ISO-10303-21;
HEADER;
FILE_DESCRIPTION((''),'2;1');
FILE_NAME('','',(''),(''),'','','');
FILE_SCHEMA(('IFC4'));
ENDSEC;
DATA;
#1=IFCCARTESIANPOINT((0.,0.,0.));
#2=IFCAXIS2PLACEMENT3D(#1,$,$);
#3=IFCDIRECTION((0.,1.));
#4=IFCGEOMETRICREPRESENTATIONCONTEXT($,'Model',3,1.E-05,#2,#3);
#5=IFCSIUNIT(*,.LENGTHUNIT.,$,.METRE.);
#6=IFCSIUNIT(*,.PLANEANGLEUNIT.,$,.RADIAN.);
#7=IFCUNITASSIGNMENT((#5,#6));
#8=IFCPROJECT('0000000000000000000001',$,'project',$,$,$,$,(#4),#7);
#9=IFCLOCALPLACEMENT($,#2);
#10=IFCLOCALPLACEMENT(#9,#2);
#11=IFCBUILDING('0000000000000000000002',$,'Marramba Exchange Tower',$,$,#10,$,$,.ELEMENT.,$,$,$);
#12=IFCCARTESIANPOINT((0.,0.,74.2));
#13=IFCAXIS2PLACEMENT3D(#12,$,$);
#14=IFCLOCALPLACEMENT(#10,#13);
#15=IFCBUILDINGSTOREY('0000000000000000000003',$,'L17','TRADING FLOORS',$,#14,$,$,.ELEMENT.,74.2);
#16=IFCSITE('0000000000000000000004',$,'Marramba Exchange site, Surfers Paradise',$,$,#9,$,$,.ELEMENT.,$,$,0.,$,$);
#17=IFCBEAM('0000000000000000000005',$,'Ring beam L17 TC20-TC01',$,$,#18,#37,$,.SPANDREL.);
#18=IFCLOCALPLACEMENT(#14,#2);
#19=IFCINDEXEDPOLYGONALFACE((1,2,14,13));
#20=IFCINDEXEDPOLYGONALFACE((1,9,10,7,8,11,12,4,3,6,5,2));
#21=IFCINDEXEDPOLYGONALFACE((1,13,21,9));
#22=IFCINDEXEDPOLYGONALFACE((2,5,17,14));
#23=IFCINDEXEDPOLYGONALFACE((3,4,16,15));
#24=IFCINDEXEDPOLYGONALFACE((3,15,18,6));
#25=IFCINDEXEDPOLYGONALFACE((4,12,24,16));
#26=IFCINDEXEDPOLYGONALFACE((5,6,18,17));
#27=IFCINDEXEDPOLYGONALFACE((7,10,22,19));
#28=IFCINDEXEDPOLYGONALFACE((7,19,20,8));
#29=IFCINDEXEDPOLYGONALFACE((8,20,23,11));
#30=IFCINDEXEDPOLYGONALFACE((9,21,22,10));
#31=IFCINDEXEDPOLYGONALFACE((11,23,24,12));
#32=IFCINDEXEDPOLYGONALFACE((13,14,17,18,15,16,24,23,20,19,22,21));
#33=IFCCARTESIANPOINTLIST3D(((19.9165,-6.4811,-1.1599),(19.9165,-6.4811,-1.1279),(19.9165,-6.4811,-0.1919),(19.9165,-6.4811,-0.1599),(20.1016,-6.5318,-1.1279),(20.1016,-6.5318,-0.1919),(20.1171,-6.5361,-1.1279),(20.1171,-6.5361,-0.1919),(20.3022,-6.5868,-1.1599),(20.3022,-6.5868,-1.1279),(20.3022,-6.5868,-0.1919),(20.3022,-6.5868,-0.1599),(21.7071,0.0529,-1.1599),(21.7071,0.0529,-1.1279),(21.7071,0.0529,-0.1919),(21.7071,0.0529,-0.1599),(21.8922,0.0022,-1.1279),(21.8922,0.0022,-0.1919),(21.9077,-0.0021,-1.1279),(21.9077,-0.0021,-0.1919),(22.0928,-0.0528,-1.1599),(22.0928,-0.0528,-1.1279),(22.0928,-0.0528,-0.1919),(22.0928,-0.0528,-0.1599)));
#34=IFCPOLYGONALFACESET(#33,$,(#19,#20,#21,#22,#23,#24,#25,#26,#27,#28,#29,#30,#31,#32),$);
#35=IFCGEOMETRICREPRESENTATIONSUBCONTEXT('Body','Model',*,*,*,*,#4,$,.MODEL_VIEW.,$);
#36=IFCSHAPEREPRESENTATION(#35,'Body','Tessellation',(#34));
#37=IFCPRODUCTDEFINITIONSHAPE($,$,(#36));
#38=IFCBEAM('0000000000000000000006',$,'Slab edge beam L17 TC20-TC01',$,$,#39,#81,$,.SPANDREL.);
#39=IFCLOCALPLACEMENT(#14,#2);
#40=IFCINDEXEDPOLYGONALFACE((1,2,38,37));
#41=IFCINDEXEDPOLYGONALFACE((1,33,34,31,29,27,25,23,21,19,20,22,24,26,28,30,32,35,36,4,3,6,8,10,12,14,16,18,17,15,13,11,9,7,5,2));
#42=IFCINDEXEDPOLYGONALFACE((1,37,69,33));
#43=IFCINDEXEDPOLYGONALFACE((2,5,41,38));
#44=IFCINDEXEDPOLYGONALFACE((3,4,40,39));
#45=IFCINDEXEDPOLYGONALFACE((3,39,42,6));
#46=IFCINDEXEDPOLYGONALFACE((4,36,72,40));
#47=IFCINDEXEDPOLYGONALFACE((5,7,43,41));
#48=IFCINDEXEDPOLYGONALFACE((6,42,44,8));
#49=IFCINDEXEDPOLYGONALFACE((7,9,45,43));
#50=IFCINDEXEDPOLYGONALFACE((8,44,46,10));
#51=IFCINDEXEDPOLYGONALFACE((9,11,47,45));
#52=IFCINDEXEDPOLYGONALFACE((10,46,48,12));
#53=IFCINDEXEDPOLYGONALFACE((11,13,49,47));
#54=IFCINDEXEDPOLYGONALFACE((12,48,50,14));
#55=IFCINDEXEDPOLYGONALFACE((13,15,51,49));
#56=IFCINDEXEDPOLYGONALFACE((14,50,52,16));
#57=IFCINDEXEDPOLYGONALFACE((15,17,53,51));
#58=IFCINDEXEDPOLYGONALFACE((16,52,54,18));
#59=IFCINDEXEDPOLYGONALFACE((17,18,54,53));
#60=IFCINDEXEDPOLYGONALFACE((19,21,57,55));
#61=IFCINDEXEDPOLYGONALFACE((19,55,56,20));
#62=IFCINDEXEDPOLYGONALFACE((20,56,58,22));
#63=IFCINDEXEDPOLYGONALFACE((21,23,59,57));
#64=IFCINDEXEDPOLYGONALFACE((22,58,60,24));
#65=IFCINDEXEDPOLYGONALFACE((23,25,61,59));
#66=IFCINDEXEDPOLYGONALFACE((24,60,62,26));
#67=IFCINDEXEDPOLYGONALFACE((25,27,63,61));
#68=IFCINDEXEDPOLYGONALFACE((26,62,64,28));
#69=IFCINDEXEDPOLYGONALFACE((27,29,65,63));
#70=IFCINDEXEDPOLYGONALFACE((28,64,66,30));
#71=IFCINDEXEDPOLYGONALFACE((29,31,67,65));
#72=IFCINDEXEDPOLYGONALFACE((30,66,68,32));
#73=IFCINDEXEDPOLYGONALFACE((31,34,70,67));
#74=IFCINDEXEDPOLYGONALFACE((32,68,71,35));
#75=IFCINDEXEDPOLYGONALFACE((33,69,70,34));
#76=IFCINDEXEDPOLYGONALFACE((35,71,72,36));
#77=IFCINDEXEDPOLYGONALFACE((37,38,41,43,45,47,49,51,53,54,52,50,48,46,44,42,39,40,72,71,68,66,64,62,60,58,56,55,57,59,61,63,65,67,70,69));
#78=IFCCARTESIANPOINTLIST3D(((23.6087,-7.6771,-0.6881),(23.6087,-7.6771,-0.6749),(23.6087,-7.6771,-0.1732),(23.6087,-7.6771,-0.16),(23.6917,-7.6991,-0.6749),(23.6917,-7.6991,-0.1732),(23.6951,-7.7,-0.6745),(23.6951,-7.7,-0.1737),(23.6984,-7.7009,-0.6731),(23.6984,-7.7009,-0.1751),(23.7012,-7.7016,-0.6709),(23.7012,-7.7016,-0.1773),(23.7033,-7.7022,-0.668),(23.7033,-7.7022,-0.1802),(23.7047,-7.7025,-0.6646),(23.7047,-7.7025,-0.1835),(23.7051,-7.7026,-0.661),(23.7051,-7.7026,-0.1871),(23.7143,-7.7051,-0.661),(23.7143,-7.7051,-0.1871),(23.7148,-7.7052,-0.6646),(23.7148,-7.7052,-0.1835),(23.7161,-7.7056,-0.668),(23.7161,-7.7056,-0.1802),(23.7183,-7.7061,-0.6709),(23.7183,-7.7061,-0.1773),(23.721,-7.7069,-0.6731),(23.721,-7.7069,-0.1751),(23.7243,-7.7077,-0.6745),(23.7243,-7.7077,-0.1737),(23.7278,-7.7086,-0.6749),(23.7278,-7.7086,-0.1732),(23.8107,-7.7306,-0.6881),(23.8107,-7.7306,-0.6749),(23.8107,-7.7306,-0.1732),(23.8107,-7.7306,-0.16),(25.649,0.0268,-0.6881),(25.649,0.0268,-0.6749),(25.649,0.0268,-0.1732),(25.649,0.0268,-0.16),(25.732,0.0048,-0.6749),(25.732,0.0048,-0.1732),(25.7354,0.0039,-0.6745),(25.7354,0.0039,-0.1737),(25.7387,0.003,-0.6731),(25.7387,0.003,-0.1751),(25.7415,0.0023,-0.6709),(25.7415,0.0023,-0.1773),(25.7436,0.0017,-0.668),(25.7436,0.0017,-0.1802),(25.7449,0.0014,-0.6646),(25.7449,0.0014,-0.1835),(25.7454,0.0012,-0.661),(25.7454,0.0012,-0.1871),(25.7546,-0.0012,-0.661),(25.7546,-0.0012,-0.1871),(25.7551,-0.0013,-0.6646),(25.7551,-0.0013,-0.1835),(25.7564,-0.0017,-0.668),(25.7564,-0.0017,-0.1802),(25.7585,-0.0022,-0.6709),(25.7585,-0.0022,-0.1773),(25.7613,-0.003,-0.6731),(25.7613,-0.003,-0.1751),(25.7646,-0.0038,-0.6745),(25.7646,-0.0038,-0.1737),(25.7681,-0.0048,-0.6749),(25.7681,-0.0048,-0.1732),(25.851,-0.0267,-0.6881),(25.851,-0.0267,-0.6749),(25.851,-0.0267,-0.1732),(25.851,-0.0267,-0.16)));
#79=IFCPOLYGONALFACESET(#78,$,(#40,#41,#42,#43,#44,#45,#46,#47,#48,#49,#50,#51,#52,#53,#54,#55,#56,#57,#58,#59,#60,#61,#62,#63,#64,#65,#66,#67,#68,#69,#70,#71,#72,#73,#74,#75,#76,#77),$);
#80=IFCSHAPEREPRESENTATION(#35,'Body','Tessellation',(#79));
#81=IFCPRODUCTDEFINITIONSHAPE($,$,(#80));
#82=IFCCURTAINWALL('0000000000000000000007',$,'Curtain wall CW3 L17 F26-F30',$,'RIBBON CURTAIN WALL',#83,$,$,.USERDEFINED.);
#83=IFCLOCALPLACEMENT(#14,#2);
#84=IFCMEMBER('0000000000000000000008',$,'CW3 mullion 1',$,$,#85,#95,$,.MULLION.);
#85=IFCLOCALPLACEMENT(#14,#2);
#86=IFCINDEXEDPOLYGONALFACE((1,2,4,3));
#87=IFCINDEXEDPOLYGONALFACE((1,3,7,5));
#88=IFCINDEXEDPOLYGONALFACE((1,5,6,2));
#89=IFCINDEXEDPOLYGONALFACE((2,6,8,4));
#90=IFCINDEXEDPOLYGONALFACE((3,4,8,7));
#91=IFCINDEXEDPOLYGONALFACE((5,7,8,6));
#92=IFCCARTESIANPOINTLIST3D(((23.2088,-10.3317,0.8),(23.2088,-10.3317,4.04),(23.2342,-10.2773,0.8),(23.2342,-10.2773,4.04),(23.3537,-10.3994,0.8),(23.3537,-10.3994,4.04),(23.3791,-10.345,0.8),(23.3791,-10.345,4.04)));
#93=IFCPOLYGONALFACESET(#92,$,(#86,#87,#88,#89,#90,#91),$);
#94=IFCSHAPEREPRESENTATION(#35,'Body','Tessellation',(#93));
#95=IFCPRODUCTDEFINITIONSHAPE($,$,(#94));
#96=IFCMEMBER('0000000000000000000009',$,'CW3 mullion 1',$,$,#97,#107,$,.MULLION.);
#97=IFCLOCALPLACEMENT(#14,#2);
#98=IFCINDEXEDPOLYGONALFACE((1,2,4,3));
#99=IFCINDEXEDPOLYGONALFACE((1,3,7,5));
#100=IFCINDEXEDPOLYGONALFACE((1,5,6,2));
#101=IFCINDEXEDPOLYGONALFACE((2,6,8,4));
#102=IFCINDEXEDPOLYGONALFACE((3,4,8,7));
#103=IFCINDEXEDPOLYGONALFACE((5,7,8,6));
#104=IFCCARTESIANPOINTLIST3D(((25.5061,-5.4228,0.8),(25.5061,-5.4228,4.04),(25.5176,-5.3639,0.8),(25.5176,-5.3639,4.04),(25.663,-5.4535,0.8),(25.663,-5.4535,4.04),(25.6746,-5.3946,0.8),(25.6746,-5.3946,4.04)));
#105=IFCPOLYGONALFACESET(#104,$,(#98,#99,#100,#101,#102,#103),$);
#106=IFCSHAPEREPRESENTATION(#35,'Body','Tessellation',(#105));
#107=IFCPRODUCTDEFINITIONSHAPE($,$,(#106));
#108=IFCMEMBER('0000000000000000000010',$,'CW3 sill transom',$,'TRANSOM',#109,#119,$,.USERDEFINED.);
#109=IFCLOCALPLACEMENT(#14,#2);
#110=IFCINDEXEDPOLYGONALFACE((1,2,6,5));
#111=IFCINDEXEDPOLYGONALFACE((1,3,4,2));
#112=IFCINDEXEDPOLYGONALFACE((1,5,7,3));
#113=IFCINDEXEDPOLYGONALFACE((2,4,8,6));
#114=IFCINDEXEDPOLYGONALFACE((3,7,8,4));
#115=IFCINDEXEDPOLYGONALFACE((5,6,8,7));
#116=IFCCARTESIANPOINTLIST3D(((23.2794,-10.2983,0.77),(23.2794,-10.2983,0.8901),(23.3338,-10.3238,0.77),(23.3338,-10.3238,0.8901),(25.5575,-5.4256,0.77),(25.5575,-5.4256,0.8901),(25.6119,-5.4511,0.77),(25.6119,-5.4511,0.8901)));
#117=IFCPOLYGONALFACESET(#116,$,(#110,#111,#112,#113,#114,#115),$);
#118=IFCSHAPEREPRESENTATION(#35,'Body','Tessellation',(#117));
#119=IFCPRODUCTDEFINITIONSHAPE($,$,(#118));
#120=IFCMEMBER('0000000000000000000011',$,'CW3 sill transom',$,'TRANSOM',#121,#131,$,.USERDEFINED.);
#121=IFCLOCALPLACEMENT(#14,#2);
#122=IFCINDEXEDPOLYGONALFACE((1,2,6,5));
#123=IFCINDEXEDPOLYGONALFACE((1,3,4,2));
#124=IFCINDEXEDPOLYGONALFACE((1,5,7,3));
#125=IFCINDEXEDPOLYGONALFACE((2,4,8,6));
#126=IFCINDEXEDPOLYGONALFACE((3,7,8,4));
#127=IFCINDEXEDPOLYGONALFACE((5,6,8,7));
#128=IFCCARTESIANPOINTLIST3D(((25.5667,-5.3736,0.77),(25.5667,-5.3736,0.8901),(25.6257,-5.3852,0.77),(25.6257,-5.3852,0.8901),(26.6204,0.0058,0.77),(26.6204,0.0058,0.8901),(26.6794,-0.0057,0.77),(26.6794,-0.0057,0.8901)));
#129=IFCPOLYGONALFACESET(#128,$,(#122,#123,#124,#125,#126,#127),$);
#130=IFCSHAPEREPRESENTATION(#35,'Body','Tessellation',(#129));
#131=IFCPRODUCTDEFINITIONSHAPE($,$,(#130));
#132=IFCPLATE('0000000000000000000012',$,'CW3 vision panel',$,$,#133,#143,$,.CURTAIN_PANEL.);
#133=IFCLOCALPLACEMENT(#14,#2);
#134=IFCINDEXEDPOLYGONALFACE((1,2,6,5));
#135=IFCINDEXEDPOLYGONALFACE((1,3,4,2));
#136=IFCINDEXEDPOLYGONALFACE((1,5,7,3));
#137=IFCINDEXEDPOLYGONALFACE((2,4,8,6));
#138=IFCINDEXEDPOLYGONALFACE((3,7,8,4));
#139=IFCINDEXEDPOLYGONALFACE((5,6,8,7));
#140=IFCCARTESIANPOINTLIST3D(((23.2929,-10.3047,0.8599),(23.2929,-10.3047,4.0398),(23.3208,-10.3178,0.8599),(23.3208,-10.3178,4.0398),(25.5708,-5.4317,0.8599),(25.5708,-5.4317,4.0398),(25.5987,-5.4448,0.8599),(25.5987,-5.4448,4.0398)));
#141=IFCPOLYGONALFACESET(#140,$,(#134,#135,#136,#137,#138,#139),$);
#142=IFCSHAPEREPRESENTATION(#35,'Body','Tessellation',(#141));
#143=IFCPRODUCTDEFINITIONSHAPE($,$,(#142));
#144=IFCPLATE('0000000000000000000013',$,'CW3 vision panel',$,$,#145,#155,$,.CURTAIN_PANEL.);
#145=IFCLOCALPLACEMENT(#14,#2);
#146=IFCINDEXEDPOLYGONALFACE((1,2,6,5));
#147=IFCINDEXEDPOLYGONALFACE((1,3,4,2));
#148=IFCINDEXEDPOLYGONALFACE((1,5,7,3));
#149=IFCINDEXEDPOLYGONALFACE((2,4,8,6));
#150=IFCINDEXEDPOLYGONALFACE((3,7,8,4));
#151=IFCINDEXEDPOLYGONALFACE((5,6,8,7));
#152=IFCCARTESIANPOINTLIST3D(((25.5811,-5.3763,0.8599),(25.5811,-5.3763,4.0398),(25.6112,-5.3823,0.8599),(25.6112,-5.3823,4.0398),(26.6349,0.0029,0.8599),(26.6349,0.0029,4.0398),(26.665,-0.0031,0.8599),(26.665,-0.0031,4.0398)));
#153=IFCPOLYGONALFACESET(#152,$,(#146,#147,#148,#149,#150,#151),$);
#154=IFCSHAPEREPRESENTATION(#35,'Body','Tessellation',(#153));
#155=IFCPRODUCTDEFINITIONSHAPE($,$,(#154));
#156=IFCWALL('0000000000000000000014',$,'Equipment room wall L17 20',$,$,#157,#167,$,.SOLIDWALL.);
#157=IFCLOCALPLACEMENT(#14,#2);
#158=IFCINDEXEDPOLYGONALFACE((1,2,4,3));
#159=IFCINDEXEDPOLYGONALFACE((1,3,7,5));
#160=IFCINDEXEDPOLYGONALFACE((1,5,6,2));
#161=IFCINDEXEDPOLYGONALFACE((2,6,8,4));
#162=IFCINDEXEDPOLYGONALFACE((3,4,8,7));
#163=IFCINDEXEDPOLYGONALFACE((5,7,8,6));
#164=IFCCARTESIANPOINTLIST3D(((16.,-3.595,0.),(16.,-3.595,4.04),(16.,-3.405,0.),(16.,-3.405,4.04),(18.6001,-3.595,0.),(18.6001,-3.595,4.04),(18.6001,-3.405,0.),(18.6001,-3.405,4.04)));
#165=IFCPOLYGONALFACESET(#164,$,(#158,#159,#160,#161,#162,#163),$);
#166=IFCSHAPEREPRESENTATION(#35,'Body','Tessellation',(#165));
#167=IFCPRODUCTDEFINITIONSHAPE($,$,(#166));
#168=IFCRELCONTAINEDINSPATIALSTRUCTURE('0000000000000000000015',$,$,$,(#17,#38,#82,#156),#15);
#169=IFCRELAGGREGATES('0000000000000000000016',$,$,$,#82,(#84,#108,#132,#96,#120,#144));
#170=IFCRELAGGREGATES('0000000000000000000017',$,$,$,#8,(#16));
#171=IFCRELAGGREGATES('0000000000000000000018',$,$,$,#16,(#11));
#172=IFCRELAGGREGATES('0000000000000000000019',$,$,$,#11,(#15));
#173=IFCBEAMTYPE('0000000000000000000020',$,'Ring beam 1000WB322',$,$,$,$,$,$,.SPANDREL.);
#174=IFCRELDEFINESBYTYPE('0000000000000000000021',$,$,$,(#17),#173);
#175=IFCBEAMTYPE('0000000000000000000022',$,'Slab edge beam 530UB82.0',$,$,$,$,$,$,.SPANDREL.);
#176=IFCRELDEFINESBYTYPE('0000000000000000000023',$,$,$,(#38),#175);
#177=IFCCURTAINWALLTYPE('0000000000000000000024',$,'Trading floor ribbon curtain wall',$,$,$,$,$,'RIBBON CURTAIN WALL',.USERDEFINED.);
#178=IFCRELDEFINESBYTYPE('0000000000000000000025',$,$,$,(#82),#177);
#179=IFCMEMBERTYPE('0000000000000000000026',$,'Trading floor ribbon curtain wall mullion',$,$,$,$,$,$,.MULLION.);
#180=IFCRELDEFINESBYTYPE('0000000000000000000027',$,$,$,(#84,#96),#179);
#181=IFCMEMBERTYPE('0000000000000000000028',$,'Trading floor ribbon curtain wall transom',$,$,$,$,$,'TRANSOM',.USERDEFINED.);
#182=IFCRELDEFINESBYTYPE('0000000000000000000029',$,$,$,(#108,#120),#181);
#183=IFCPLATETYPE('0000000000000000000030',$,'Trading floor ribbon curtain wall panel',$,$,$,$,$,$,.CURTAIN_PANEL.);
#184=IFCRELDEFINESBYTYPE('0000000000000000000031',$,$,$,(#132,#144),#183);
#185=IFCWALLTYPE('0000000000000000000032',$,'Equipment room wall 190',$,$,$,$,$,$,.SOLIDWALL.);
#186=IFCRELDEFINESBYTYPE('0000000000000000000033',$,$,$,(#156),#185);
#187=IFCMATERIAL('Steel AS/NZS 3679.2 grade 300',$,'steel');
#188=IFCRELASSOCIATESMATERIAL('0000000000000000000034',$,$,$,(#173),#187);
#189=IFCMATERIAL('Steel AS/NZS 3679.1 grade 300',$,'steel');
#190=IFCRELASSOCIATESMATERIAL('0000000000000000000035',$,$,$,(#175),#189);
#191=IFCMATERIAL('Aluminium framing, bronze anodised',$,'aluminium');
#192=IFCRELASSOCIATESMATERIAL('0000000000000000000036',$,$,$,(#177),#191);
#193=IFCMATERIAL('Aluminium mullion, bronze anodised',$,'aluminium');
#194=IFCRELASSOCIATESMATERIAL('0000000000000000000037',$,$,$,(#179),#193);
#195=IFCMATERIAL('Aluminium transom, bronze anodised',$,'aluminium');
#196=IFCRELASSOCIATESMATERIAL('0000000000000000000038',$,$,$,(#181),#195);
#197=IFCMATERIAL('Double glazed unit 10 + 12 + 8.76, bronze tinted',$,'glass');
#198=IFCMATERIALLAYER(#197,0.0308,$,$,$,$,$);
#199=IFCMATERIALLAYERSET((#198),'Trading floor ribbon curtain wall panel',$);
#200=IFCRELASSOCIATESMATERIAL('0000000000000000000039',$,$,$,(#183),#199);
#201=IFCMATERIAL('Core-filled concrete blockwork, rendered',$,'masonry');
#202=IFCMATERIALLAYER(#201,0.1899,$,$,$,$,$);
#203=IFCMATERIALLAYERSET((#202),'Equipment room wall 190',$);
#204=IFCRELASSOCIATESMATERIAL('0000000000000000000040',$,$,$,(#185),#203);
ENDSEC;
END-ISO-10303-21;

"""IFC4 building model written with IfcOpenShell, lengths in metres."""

from ifc_helpers import new_model, si_unit, direction, frame, frame_2d, origin, origin_2d, place, context, subcontext, project, spatial, rectangle, i_section, extrude, material, layer, layer_set, material_profile, profile_set, type_object, element, aggregate, save


model = new_model("IFC4")

# Units and contexts
model_context = context("Model", 3, precision=1e-05, world=origin(), true_north=direction((0.0, 1.0)))
body_context = subcontext(model_context, "Body", "Model", "MODEL_VIEW")
ifc_project = project(units=[si_unit("LENGTHUNIT", "METRE"), si_unit("PLANEANGLEUNIT", "RADIAN")], contexts=[model_context])

# Site, building, storey
site_placement = place(None, origin())
site = spatial("IfcSite", under=ifc_project, at=site_placement, Name="Marramba Exchange site, Surfers Paradise", CompositionType="ELEMENT", RefElevation=0.0)
building_placement = place(site_placement, origin())
building = spatial("IfcBuilding", under=site, at=building_placement, Name="Marramba Exchange Tower", CompositionType="ELEMENT")
storey_placement = place(building_placement, frame((0.0, 0.0, 74.2)))
storey = spatial("IfcBuildingStorey", under=building, at=storey_placement, Name="L17", Description="TRADING FLOORS", CompositionType="ELEMENT", Elevation=74.2)

# Beams
ifc_material_1 = material(Name="Steel AS/NZS 3679.2 grade 300", Category="steel")
ifc_material_2 = material(Name="Steel AS/NZS 3679.1 grade 300", Category="steel")
ifc_material_profile_1 = material_profile(ifc_material_1, i_section(OverallWidth=0.3999, OverallDepth=1.0, WebThickness=0.0161, FlangeThickness=0.032, at=origin_2d()), Name="1000WB322")
ifc_profile_set_1 = profile_set([ifc_material_profile_1], Name="Steel AS/NZS 3679.2 grade 300")
beam_type_1 = type_object("IfcBeamType", Name="Ring beam 1000WB322", PredefinedType="SPANDREL", material=ifc_profile_set_1)
beam_1_placement = place(storey_placement, frame((20.1094, -6.5339, -0.6599), z_axis=(0.264291, 0.964443, 0.0), x_axis=(-0.964443, 0.264291, 0.0)))
element("IfcBeam", 1, at=beam_1_placement, inside=storey, type_object=beam_type_1, Name="Ring beam L17 TC20-TC01", PredefinedType="SPANDREL", context=body_context, shape_type="SweptSolid", body=[
    extrude(i_section(OverallWidth=0.3999, OverallDepth=1.0, WebThickness=0.0161, FlangeThickness=0.032, at=origin_2d()), origin(), (0.0, 0.0, 1.0), 6.7749),
])
ifc_material_profile_2 = material_profile(ifc_material_2, i_section(OverallWidth=0.209, OverallDepth=0.5281, WebThickness=0.0095, FlangeThickness=0.0132, FilletRadius=0.0139, at=origin_2d()), Name="530UB82.0")
ifc_profile_set_2 = profile_set([ifc_material_profile_2], Name="Steel AS/NZS 3679.1 grade 300")
beam_type_2 = type_object("IfcBeamType", Name="Slab edge beam 530UB82.0", PredefinedType="SPANDREL", material=ifc_profile_set_2)
beam_2_placement = place(storey_placement, frame((23.7097, -7.7039, -0.4241), z_axis=(0.256013, 0.966673, 0.0), x_axis=(-0.966673, 0.256013, 0.0)))
element("IfcBeam", 2, at=beam_2_placement, inside=storey, type_object=beam_type_2, Name="Slab edge beam L17 TC20-TC01", PredefinedType="SPANDREL", context=body_context, shape_type="SweptSolid", body=[
    extrude(i_section(OverallWidth=0.209, OverallDepth=0.5281, WebThickness=0.0095, FlangeThickness=0.0132, FilletRadius=0.0139, at=origin_2d()), origin(), (0.0, 0.0, 1.0), 7.9695),
])

# Curtain wall, members, plates
ifc_material_3 = material(Name="Aluminium framing, bronze anodised", Category="aluminium")
curtain_wall_type = type_object("IfcCurtainWallType", Name="Trading floor ribbon curtain wall", ElementType="RIBBON CURTAIN WALL", PredefinedType="USERDEFINED", material=ifc_material_3)
curtain_wall_placement = place(storey_placement, origin())
curtain_wall = element("IfcCurtainWall", 3, at=curtain_wall_placement, inside=storey, type_object=curtain_wall_type, Name="Curtain wall CW3 L17 F26-F30", ObjectType="RIBBON CURTAIN WALL", PredefinedType="USERDEFINED")
ifc_material_4 = material(Name="Aluminium mullion, bronze anodised", Category="aluminium")
ifc_material_profile_3 = material_profile(ifc_material_4, rectangle(XDim=0.1599, YDim=0.0601, at=origin_2d()), Name="CW3 mullion 60x160")
ifc_profile_set_3 = profile_set([ifc_material_profile_3], Name="Aluminium mullion, bronze anodised")
member_type_1 = type_object("IfcMemberType", Name="Trading floor ribbon curtain wall mullion", PredefinedType="MULLION", material=ifc_profile_set_3)
member_1_placement = place(storey_placement, frame((23.2939, -10.3384, 0.8), z_axis=(0.0, 0.0, 1.0), x_axis=(-0.905907, 0.423477, 0.0)))
member_1 = element("IfcMember", 4, at=member_1_placement, type_object=member_type_1, Name="CW3 mullion 1", PredefinedType="MULLION", context=body_context, shape_type="SweptSolid", body=[
    extrude(rectangle(XDim=0.1599, YDim=0.0601, at=origin_2d()), origin(), (0.0, 0.0, 1.0), 3.24),
])
member_2_placement = place(storey_placement, frame((25.5903, -5.4087, 0.8), z_axis=(0.0, 0.0, 1.0), x_axis=(-0.981346, 0.192249, 0.0)))
member_2 = element("IfcMember", 5, at=member_2_placement, type_object=member_type_1, Name="CW3 mullion 1", PredefinedType="MULLION", context=body_context, shape_type="SweptSolid", body=[
    extrude(rectangle(XDim=0.1599, YDim=0.0601, at=origin_2d()), origin(), (0.0, 0.0, 1.0), 3.24),
])
ifc_material_5 = material(Name="Aluminium transom, bronze anodised", Category="aluminium")
ifc_material_profile_4 = material_profile(ifc_material_5, rectangle(XDim=0.0601, YDim=0.1201, at=origin_2d()), Name="CW3 transom 60x120")
ifc_profile_set_4 = profile_set([ifc_material_profile_4], Name="Aluminium transom, bronze anodised")
member_type_2 = type_object("IfcMemberType", Name="Trading floor ribbon curtain wall transom", ElementType="TRANSOM", PredefinedType="USERDEFINED", material=ifc_profile_set_4)
member_3_placement = place(storey_placement, frame((23.3066, -10.311, 0.8301), z_axis=(0.423512, 0.905891, 0.0), x_axis=(-0.905891, 0.423512, 0.0)))
member_3 = element("IfcMember", 6, at=member_3_placement, type_object=member_type_2, Name="CW3 sill transom", ObjectType="TRANSOM", PredefinedType="USERDEFINED", context=body_context, shape_type="SweptSolid", body=[
    extrude(rectangle(XDim=0.0601, YDim=0.1201, at=origin_2d()), origin(), (0.0, 0.0, 1.0), 5.3789),
])
member_4_placement = place(storey_placement, frame((25.5962, -5.3794, 0.8301), z_axis=(0.192226, 0.981351, 0.0), x_axis=(-0.981351, 0.192226, 0.0)))
member_4 = element("IfcMember", 7, at=member_4_placement, type_object=member_type_2, Name="CW3 sill transom", ObjectType="TRANSOM", PredefinedType="USERDEFINED", context=body_context, shape_type="SweptSolid", body=[
    extrude(rectangle(XDim=0.0601, YDim=0.1201, at=origin_2d()), origin(), (0.0, 0.0, 1.0), 5.4817),
])
ifc_material_6 = material(Name="Double glazed unit 10 + 12 + 8.76, bronze tinted", Category="glass")
ifc_layer_1 = layer(ifc_material_6, 0.0308)
ifc_layer_set_1 = layer_set([ifc_layer_1], Name="Trading floor ribbon curtain wall panel")
plate_type = type_object("IfcPlateType", Name="Trading floor ribbon curtain wall panel", PredefinedType="CURTAIN_PANEL", material=ifc_layer_set_1)
plate_1_placement = place(storey_placement, frame((24.4458, -7.8748, 0.8599), z_axis=(0.0, 0.0, 1.0), x_axis=(0.423477, 0.905907, 0.0)))
plate_1 = element("IfcPlate", 8, at=plate_1_placement, type_object=plate_type, Name="CW3 vision panel", PredefinedType="CURTAIN_PANEL", context=body_context, shape_type="SweptSolid", body=[
    extrude(rectangle(XDim=5.3792, YDim=0.0308, at=origin_2d()), origin(), (0.0, 0.0, 1.0), 3.1799),
])
plate_2_placement = place(storey_placement, frame((26.123, -2.6897, 0.8599), z_axis=(0.0, 0.0, 1.0), x_axis=(0.192249, 0.981346, 0.0)))
plate_2 = element("IfcPlate", 9, at=plate_2_placement, type_object=plate_type, Name="CW3 vision panel", PredefinedType="CURTAIN_PANEL", context=body_context, shape_type="SweptSolid", body=[
    extrude(rectangle(XDim=5.4814, YDim=0.0308, at=origin_2d()), origin(), (0.0, 0.0, 1.0), 3.1799),
])
aggregate(curtain_wall, [member_1, member_3, plate_1, member_2, member_4, plate_2])

# Wall
ifc_material_7 = material(Name="Core-filled concrete blockwork, rendered", Category="masonry")
ifc_layer_2 = layer(ifc_material_7, 0.1899)
ifc_layer_set_2 = layer_set([ifc_layer_2], Name="Equipment room wall 190")
wall_type_1 = type_object("IfcWallType", Name="Equipment room wall 190", PredefinedType="SOLIDWALL", material=ifc_layer_set_2)
wall_1_placement = place(storey_placement, frame((16.0, -3.5, 0.0), z_axis=(0.0, 0.0, 1.0), x_axis=(1.0, 0.0, 0.0)))
element("IfcWall", 10, at=wall_1_placement, inside=storey, type_object=wall_type_1, Name="Equipment room wall L17 20", PredefinedType="SOLIDWALL", context=body_context, shape_type="SweptSolid", body=[
    extrude(rectangle(XDim=2.6001, YDim=0.1899, at=frame_2d((1.3, 0.0))), origin(), (0.0, 0.0, 1.0), 4.04),
])

save(model, "model.ifc")
